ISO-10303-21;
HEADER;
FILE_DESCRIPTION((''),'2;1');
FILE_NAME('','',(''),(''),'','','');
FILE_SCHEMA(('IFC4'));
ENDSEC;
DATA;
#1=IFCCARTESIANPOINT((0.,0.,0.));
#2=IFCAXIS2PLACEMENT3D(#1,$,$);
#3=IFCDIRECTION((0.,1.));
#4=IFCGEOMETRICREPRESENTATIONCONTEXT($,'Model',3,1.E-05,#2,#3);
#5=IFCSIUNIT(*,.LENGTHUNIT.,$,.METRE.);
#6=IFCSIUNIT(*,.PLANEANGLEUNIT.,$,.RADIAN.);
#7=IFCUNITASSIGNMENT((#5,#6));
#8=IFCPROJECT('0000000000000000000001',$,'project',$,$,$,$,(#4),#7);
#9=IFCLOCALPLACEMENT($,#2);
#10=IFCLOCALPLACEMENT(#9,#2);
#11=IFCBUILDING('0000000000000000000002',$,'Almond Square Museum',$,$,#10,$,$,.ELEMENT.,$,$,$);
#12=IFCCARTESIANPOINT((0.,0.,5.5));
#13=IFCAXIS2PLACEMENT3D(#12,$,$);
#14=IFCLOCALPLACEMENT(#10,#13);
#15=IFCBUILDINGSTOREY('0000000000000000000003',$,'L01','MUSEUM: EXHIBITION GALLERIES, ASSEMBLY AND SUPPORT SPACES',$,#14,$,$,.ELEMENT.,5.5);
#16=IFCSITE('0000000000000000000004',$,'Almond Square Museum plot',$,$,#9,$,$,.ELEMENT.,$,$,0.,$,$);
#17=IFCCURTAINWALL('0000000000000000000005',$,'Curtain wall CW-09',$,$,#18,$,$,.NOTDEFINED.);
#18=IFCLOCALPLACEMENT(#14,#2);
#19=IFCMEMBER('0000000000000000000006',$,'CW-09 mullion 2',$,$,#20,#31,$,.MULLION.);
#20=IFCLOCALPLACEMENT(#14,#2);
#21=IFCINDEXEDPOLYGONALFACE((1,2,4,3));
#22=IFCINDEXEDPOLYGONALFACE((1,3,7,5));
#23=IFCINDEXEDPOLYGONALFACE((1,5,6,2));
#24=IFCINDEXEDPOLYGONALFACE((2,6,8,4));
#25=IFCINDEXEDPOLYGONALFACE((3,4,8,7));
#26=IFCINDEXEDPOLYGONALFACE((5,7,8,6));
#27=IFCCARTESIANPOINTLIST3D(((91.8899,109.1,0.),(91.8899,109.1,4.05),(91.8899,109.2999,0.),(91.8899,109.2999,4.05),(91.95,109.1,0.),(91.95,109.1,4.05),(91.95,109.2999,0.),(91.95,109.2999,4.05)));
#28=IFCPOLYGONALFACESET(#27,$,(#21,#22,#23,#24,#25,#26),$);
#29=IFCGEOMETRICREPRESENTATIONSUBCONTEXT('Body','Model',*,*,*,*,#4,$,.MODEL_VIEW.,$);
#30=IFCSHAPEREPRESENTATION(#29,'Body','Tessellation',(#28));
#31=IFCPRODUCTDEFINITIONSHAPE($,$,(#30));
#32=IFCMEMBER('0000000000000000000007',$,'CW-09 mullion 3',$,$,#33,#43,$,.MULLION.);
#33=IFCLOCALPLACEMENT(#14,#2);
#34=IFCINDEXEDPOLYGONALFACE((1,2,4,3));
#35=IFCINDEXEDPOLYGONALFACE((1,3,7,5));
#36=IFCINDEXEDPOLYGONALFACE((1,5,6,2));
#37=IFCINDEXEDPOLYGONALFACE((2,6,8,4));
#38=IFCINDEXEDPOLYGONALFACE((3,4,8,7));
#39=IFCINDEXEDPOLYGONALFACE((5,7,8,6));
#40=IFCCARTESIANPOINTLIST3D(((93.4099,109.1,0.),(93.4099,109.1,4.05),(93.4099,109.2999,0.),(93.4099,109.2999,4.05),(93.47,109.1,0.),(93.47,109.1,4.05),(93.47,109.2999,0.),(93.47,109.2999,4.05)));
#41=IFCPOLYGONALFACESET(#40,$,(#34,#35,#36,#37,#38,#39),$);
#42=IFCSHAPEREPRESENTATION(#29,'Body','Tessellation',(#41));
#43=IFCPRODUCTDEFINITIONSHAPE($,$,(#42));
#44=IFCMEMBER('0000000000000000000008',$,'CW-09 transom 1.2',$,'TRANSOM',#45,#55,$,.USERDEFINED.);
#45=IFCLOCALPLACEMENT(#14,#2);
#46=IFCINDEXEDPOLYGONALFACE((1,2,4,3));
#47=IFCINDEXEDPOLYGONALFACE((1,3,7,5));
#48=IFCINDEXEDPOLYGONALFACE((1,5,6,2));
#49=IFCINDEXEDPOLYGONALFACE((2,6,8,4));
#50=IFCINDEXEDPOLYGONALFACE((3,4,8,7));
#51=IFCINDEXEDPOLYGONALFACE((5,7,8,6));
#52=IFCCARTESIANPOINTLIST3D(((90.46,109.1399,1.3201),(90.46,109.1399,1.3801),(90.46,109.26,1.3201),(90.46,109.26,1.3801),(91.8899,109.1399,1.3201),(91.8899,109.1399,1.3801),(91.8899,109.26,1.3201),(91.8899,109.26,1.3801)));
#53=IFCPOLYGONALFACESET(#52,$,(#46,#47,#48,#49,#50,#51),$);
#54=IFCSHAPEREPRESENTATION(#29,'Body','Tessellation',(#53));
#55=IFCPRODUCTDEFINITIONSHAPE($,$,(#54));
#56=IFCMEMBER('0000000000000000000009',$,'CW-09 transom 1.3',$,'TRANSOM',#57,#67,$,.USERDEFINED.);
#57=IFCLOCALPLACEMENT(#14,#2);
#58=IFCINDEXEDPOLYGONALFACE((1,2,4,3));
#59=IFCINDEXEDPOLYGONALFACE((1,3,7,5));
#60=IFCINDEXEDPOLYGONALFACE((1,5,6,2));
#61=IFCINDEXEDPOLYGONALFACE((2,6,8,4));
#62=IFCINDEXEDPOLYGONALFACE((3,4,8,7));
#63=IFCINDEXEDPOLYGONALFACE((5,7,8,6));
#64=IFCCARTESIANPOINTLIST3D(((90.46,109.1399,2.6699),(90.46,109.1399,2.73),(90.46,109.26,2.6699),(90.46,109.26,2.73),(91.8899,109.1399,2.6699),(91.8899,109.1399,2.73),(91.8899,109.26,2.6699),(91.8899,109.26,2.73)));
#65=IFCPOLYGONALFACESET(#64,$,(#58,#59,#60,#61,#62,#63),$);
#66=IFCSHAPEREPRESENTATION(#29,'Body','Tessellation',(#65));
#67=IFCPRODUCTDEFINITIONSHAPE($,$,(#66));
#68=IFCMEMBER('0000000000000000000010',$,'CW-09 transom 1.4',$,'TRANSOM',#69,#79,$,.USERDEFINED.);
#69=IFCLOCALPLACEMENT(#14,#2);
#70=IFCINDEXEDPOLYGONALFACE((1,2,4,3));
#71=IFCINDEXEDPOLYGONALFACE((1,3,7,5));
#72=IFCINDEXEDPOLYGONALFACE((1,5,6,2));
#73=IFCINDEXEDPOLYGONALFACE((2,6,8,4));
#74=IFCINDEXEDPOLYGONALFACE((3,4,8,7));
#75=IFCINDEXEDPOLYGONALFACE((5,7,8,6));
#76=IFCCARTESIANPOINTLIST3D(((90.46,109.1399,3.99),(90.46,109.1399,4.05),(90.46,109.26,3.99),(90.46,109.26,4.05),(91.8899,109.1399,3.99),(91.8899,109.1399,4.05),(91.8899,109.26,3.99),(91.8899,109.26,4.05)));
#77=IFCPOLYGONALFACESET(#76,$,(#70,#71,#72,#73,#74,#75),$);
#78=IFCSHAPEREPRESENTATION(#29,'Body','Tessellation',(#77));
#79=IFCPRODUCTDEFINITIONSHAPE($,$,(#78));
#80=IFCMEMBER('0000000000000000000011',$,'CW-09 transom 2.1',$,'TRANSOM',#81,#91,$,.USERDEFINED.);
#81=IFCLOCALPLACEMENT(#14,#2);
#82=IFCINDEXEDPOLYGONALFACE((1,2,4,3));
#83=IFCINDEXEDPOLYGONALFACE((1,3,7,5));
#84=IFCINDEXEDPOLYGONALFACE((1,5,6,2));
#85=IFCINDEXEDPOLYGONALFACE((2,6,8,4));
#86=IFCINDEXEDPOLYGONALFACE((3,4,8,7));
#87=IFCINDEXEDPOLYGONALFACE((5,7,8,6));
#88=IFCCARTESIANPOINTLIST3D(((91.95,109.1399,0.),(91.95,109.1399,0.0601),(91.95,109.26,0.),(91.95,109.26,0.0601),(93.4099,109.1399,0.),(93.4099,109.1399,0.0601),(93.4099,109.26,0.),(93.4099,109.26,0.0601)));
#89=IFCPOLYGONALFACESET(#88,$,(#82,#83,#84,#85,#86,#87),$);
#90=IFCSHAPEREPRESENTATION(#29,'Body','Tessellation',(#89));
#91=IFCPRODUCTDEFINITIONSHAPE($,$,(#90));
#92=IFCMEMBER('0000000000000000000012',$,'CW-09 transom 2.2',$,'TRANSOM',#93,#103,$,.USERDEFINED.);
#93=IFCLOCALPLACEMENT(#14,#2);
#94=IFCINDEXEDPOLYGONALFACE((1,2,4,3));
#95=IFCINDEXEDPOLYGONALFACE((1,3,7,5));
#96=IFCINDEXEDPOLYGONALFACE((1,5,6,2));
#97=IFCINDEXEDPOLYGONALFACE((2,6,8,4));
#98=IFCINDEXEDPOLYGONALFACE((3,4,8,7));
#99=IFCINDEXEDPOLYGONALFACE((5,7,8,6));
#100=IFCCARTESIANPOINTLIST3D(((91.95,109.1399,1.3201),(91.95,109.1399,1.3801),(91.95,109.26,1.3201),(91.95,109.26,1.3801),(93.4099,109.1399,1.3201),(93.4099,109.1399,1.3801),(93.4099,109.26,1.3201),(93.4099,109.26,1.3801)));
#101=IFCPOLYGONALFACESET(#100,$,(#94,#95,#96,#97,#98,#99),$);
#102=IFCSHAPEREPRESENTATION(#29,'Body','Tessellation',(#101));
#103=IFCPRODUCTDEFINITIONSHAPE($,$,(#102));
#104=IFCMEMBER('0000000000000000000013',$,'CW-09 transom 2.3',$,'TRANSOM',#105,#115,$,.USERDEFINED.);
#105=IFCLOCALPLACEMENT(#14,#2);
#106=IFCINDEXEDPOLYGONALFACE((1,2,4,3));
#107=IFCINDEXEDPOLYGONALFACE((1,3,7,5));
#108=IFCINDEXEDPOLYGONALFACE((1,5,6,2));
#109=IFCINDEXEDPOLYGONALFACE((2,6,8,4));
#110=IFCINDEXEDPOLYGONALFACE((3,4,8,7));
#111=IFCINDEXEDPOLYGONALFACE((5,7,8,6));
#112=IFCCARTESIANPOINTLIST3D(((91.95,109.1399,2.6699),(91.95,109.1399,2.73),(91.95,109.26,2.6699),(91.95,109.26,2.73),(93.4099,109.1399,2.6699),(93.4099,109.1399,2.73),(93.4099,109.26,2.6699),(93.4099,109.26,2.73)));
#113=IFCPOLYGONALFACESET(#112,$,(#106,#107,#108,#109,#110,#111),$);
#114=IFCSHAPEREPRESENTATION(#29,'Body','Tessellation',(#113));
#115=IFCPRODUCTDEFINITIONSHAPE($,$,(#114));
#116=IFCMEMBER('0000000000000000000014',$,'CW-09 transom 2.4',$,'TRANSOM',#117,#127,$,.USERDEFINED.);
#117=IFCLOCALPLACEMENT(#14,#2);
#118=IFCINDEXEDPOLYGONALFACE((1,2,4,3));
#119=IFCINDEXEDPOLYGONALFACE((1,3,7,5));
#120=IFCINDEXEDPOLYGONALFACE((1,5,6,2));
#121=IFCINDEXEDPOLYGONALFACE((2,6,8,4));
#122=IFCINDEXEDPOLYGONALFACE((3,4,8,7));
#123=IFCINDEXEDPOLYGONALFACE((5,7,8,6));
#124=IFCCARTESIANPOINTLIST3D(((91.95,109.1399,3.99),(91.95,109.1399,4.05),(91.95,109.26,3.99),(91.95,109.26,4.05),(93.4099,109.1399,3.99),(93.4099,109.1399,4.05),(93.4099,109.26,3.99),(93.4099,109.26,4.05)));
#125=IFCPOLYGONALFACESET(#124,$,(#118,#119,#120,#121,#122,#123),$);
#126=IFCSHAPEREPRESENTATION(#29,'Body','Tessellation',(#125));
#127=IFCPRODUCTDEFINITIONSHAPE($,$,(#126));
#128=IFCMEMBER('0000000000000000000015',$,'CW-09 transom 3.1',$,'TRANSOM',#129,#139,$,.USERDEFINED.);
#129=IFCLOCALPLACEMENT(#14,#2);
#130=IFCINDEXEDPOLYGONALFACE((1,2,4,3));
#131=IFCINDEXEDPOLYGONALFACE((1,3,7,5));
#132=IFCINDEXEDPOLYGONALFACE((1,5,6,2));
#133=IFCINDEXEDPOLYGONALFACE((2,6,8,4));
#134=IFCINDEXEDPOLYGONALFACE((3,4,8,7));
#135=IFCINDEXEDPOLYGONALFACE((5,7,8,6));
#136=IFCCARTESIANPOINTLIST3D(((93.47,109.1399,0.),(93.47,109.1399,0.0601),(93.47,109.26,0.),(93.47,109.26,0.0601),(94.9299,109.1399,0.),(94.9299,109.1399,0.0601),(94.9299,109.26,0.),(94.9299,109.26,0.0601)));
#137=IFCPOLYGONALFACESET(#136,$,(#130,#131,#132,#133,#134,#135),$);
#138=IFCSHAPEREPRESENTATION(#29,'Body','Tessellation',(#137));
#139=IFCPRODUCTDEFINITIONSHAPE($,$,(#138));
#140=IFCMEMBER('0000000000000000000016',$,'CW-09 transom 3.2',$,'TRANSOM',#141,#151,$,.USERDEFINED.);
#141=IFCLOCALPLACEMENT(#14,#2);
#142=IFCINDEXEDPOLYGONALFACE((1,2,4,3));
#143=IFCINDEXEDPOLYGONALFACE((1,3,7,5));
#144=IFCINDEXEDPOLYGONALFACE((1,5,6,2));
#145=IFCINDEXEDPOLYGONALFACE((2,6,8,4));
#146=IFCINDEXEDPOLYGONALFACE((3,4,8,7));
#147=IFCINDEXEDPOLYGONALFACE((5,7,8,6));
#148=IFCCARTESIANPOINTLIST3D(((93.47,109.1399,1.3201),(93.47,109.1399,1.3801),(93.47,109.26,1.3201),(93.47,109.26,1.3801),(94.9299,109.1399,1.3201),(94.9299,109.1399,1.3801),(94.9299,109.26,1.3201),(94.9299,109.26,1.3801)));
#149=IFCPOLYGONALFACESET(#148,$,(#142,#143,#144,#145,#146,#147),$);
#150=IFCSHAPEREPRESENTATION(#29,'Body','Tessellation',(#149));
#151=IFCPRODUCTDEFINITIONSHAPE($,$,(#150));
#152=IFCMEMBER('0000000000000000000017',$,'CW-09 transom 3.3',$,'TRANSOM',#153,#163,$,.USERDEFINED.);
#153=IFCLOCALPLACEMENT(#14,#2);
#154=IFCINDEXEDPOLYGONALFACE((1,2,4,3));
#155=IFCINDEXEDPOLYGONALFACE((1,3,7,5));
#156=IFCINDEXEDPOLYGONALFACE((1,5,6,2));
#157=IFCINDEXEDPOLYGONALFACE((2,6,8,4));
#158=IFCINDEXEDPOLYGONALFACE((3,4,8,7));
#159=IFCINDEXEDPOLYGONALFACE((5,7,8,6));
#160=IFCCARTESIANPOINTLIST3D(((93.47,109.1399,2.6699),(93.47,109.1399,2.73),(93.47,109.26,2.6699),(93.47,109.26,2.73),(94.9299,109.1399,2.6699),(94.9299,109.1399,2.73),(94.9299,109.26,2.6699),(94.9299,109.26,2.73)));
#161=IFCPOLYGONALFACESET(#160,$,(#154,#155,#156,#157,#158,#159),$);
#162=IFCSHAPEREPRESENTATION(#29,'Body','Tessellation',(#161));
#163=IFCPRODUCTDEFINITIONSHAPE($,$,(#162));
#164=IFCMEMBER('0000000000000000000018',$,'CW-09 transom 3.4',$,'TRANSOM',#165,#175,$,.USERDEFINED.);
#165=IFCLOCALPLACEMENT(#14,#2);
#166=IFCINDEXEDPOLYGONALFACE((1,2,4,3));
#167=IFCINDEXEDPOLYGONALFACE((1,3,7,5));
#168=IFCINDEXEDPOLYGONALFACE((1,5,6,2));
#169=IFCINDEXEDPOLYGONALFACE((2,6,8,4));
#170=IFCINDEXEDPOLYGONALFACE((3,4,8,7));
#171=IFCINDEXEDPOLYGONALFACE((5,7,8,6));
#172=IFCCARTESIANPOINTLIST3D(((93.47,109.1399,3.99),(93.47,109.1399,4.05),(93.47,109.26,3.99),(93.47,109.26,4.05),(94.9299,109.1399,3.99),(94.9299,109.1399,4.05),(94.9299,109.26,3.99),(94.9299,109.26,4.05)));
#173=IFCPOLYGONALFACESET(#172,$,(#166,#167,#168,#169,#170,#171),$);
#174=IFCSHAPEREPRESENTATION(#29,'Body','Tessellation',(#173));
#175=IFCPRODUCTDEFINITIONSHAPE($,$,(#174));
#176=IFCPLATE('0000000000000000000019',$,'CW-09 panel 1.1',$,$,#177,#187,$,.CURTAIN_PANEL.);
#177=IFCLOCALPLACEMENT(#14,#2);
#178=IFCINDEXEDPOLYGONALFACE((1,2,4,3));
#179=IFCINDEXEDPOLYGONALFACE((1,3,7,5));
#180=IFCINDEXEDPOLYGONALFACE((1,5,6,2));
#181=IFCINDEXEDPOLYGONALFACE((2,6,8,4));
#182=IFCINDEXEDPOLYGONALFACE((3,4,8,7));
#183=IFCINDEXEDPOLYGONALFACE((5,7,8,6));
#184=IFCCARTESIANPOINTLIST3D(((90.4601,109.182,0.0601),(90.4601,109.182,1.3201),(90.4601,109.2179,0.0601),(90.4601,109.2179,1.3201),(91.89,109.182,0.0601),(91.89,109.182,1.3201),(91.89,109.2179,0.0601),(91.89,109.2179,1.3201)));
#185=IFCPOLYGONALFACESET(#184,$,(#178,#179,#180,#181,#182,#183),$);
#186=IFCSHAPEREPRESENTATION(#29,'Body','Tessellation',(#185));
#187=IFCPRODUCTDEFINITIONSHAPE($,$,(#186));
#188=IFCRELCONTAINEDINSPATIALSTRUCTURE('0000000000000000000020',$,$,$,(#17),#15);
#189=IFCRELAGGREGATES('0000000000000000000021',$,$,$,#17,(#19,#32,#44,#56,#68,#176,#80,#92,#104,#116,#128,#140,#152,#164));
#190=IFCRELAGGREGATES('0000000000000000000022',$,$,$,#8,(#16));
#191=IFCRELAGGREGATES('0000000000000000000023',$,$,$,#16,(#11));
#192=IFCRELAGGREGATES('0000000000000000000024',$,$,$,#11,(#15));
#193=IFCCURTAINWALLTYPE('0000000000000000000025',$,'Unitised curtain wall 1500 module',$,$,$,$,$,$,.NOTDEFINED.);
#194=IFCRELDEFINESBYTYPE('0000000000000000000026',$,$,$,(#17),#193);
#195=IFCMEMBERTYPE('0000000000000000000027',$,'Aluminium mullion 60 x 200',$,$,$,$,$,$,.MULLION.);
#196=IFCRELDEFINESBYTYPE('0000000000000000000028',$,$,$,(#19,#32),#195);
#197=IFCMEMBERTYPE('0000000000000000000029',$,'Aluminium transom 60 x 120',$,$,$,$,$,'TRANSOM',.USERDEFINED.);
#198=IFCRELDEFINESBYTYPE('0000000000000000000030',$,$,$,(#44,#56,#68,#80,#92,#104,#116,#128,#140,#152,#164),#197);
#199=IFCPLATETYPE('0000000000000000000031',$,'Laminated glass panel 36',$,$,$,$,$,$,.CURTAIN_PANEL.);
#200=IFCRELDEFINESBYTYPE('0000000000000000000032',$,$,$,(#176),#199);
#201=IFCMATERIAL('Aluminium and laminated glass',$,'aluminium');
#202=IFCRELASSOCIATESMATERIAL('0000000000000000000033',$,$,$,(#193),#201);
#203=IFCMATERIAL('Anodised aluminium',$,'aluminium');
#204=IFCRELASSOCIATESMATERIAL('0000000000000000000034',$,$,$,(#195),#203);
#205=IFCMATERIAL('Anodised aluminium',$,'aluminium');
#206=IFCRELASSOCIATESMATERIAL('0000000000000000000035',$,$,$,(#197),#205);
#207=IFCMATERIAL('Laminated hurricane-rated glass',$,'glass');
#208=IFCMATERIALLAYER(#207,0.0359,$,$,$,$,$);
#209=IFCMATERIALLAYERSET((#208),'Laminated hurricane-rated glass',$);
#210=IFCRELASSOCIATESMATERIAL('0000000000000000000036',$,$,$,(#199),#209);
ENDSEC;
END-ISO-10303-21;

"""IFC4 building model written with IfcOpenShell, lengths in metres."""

from ifc_helpers import new_model, si_unit, direction, frame, origin, origin_2d, place, context, subcontext, project, spatial, rectangle, extrude, material, layer, layer_set, material_profile, profile_set, type_object, element, aggregate, save


model = new_model("IFC4")

# Units and contexts
model_context = context("Model", 3, precision=1e-05, world=origin(), true_north=direction((0.0, 1.0)))
body_context = subcontext(model_context, "Body", "Model", "MODEL_VIEW")
ifc_project = project(units=[si_unit("LENGTHUNIT", "METRE"), si_unit("PLANEANGLEUNIT", "RADIAN")], contexts=[model_context])

# Site, building, storey
site_placement = place(None, origin())
site = spatial("IfcSite", under=ifc_project, at=site_placement, Name="Almond Square Museum plot", CompositionType="ELEMENT", RefElevation=0.0)
building_placement = place(site_placement, origin())
building = spatial("IfcBuilding", under=site, at=building_placement, Name="Almond Square Museum", CompositionType="ELEMENT")
storey_placement = place(building_placement, frame((0.0, 0.0, 5.5)))
storey = spatial("IfcBuildingStorey", under=building, at=storey_placement, Name="L01", Description="MUSEUM: EXHIBITION GALLERIES, ASSEMBLY AND SUPPORT SPACES", CompositionType="ELEMENT", Elevation=5.5)

# Curtain wall, members, plate
ifc_material_1 = material(Name="Aluminium and laminated glass", Category="aluminium")
curtain_wall_type = type_object("IfcCurtainWallType", Name="Unitised curtain wall 1500 module", PredefinedType="NOTDEFINED", material=ifc_material_1)
curtain_wall_placement = place(storey_placement, origin())
curtain_wall = element("IfcCurtainWall", 1, at=curtain_wall_placement, inside=storey, type_object=curtain_wall_type, Name="Curtain wall CW-09", PredefinedType="NOTDEFINED")
ifc_material_2 = material(Name="Anodised aluminium", Category="aluminium")
ifc_material_profile_1 = material_profile(ifc_material_2, rectangle(XDim=0.2, YDim=0.0601, at=origin_2d()))
ifc_profile_set_1 = profile_set([ifc_material_profile_1], Name="Anodised aluminium")
member_type_1 = type_object("IfcMemberType", Name="Aluminium mullion 60 x 200", PredefinedType="MULLION", material=ifc_profile_set_1)
member_1_placement = place(storey_placement, frame((91.9199, 109.2, 0.0), z_axis=(0.0, 0.0, 1.0), x_axis=(0.0, 1.0, 0.0)))
member_1 = element("IfcMember", 2, at=member_1_placement, type_object=member_type_1, Name="CW-09 mullion 2", PredefinedType="MULLION", context=body_context, shape_type="SweptSolid", body=[
    extrude(rectangle(XDim=0.2, YDim=0.0601, at=origin_2d()), origin(), (0.0, 0.0, 1.0), 4.05),
])
member_2_placement = place(storey_placement, frame((93.4399, 109.2, 0.0), z_axis=(0.0, 0.0, 1.0), x_axis=(0.0, 1.0, 0.0)))
member_2 = element("IfcMember", 3, at=member_2_placement, type_object=member_type_1, Name="CW-09 mullion 3", PredefinedType="MULLION", context=body_context, shape_type="SweptSolid", body=[
    extrude(rectangle(XDim=0.2, YDim=0.0601, at=origin_2d()), origin(), (0.0, 0.0, 1.0), 4.05),
])
ifc_material_3 = material(Name="Anodised aluminium", Category="aluminium")
ifc_material_profile_2 = material_profile(ifc_material_3, rectangle(XDim=0.1201, YDim=0.0601, at=origin_2d()))
ifc_profile_set_2 = profile_set([ifc_material_profile_2], Name="Anodised aluminium")
member_type_2 = type_object("IfcMemberType", Name="Aluminium transom 60 x 120", ElementType="TRANSOM", PredefinedType="USERDEFINED", material=ifc_profile_set_2)
member_3_placement = place(storey_placement, frame((90.46, 109.2, 1.3501), z_axis=(1.0, 0.0, 0.0), x_axis=(0.0, 1.0, 0.0)))
member_3 = element("IfcMember", 4, at=member_3_placement, type_object=member_type_2, Name="CW-09 transom 1.2", ObjectType="TRANSOM", PredefinedType="USERDEFINED", context=body_context, shape_type="SweptSolid", body=[
    extrude(rectangle(XDim=0.1201, YDim=0.0601, at=origin_2d()), origin(), (0.0, 0.0, 1.0), 1.4299),
])
member_4_placement = place(storey_placement, frame((90.46, 109.2, 2.7), z_axis=(1.0, 0.0, 0.0), x_axis=(0.0, 1.0, 0.0)))
member_4 = element("IfcMember", 5, at=member_4_placement, type_object=member_type_2, Name="CW-09 transom 1.3", ObjectType="TRANSOM", PredefinedType="USERDEFINED", context=body_context, shape_type="SweptSolid", body=[
    extrude(rectangle(XDim=0.1201, YDim=0.0601, at=origin_2d()), origin(), (0.0, 0.0, 1.0), 1.4299),
])
member_5_placement = place(storey_placement, frame((90.46, 109.2, 4.02), z_axis=(1.0, 0.0, 0.0), x_axis=(0.0, 1.0, 0.0)))
member_5 = element("IfcMember", 6, at=member_5_placement, type_object=member_type_2, Name="CW-09 transom 1.4", ObjectType="TRANSOM", PredefinedType="USERDEFINED", context=body_context, shape_type="SweptSolid", body=[
    extrude(rectangle(XDim=0.1201, YDim=0.0601, at=origin_2d()), origin(), (0.0, 0.0, 1.0), 1.4299),
])
member_6_placement = place(storey_placement, frame((91.95, 109.2, 0.03), z_axis=(1.0, 0.0, 0.0), x_axis=(0.0, 1.0, 0.0)))
member_6 = element("IfcMember", 7, at=member_6_placement, type_object=member_type_2, Name="CW-09 transom 2.1", ObjectType="TRANSOM", PredefinedType="USERDEFINED", context=body_context, shape_type="SweptSolid", body=[
    extrude(rectangle(XDim=0.1201, YDim=0.0601, at=origin_2d()), origin(), (0.0, 0.0, 1.0), 1.46),
])
member_7_placement = place(storey_placement, frame((91.95, 109.2, 1.3501), z_axis=(1.0, 0.0, 0.0), x_axis=(0.0, 1.0, 0.0)))
member_7 = element("IfcMember", 8, at=member_7_placement, type_object=member_type_2, Name="CW-09 transom 2.2", ObjectType="TRANSOM", PredefinedType="USERDEFINED", context=body_context, shape_type="SweptSolid", body=[
    extrude(rectangle(XDim=0.1201, YDim=0.0601, at=origin_2d()), origin(), (0.0, 0.0, 1.0), 1.46),
])
member_8_placement = place(storey_placement, frame((91.95, 109.2, 2.7), z_axis=(1.0, 0.0, 0.0), x_axis=(0.0, 1.0, 0.0)))
member_8 = element("IfcMember", 9, at=member_8_placement, type_object=member_type_2, Name="CW-09 transom 2.3", ObjectType="TRANSOM", PredefinedType="USERDEFINED", context=body_context, shape_type="SweptSolid", body=[
    extrude(rectangle(XDim=0.1201, YDim=0.0601, at=origin_2d()), origin(), (0.0, 0.0, 1.0), 1.46),
])
member_9_placement = place(storey_placement, frame((91.95, 109.2, 4.02), z_axis=(1.0, 0.0, 0.0), x_axis=(0.0, 1.0, 0.0)))
member_9 = element("IfcMember", 10, at=member_9_placement, type_object=member_type_2, Name="CW-09 transom 2.4", ObjectType="TRANSOM", PredefinedType="USERDEFINED", context=body_context, shape_type="SweptSolid", body=[
    extrude(rectangle(XDim=0.1201, YDim=0.0601, at=origin_2d()), origin(), (0.0, 0.0, 1.0), 1.46),
])
member_10_placement = place(storey_placement, frame((93.47, 109.2, 0.03), z_axis=(1.0, 0.0, 0.0), x_axis=(0.0, 1.0, 0.0)))
member_10 = element("IfcMember", 11, at=member_10_placement, type_object=member_type_2, Name="CW-09 transom 3.1", ObjectType="TRANSOM", PredefinedType="USERDEFINED", context=body_context, shape_type="SweptSolid", body=[
    extrude(rectangle(XDim=0.1201, YDim=0.0601, at=origin_2d()), origin(), (0.0, 0.0, 1.0), 1.46),
])
member_11_placement = place(storey_placement, frame((93.47, 109.2, 1.3501), z_axis=(1.0, 0.0, 0.0), x_axis=(0.0, 1.0, 0.0)))
member_11 = element("IfcMember", 12, at=member_11_placement, type_object=member_type_2, Name="CW-09 transom 3.2", ObjectType="TRANSOM", PredefinedType="USERDEFINED", context=body_context, shape_type="SweptSolid", body=[
    extrude(rectangle(XDim=0.1201, YDim=0.0601, at=origin_2d()), origin(), (0.0, 0.0, 1.0), 1.46),
])
member_12_placement = place(storey_placement, frame((93.47, 109.2, 2.7), z_axis=(1.0, 0.0, 0.0), x_axis=(0.0, 1.0, 0.0)))
member_12 = element("IfcMember", 13, at=member_12_placement, type_object=member_type_2, Name="CW-09 transom 3.3", ObjectType="TRANSOM", PredefinedType="USERDEFINED", context=body_context, shape_type="SweptSolid", body=[
    extrude(rectangle(XDim=0.1201, YDim=0.0601, at=origin_2d()), origin(), (0.0, 0.0, 1.0), 1.46),
])
member_13_placement = place(storey_placement, frame((93.47, 109.2, 4.02), z_axis=(1.0, 0.0, 0.0), x_axis=(0.0, 1.0, 0.0)))
member_13 = element("IfcMember", 14, at=member_13_placement, type_object=member_type_2, Name="CW-09 transom 3.4", ObjectType="TRANSOM", PredefinedType="USERDEFINED", context=body_context, shape_type="SweptSolid", body=[
    extrude(rectangle(XDim=0.1201, YDim=0.0601, at=origin_2d()), origin(), (0.0, 0.0, 1.0), 1.46),
])
ifc_material_4 = material(Name="Laminated hurricane-rated glass", Category="glass")
ifc_layer = layer(ifc_material_4, 0.0359)
ifc_layer_set = layer_set([ifc_layer], Name="Laminated hurricane-rated glass")
plate_type = type_object("IfcPlateType", Name="Laminated glass panel 36", PredefinedType="CURTAIN_PANEL", material=ifc_layer_set)
plate_1_placement = place(storey_placement, frame((91.175, 109.2, 0.0601), z_axis=(0.0, 0.0, 1.0), x_axis=(1.0, 0.0, 0.0)))
plate_1 = element("IfcPlate", 15, at=plate_1_placement, type_object=plate_type, Name="CW-09 panel 1.1", PredefinedType="CURTAIN_PANEL", context=body_context, shape_type="SweptSolid", body=[
    extrude(rectangle(XDim=1.4299, YDim=0.0359, at=origin_2d()), origin(), (0.0, 0.0, 1.0), 1.26),
])
aggregate(curtain_wall, [member_1, member_2, member_3, member_4, member_5, plate_1, member_6, member_7, member_8, member_9, member_10, member_11, member_12, member_13])

save(model, "model.ifc")
